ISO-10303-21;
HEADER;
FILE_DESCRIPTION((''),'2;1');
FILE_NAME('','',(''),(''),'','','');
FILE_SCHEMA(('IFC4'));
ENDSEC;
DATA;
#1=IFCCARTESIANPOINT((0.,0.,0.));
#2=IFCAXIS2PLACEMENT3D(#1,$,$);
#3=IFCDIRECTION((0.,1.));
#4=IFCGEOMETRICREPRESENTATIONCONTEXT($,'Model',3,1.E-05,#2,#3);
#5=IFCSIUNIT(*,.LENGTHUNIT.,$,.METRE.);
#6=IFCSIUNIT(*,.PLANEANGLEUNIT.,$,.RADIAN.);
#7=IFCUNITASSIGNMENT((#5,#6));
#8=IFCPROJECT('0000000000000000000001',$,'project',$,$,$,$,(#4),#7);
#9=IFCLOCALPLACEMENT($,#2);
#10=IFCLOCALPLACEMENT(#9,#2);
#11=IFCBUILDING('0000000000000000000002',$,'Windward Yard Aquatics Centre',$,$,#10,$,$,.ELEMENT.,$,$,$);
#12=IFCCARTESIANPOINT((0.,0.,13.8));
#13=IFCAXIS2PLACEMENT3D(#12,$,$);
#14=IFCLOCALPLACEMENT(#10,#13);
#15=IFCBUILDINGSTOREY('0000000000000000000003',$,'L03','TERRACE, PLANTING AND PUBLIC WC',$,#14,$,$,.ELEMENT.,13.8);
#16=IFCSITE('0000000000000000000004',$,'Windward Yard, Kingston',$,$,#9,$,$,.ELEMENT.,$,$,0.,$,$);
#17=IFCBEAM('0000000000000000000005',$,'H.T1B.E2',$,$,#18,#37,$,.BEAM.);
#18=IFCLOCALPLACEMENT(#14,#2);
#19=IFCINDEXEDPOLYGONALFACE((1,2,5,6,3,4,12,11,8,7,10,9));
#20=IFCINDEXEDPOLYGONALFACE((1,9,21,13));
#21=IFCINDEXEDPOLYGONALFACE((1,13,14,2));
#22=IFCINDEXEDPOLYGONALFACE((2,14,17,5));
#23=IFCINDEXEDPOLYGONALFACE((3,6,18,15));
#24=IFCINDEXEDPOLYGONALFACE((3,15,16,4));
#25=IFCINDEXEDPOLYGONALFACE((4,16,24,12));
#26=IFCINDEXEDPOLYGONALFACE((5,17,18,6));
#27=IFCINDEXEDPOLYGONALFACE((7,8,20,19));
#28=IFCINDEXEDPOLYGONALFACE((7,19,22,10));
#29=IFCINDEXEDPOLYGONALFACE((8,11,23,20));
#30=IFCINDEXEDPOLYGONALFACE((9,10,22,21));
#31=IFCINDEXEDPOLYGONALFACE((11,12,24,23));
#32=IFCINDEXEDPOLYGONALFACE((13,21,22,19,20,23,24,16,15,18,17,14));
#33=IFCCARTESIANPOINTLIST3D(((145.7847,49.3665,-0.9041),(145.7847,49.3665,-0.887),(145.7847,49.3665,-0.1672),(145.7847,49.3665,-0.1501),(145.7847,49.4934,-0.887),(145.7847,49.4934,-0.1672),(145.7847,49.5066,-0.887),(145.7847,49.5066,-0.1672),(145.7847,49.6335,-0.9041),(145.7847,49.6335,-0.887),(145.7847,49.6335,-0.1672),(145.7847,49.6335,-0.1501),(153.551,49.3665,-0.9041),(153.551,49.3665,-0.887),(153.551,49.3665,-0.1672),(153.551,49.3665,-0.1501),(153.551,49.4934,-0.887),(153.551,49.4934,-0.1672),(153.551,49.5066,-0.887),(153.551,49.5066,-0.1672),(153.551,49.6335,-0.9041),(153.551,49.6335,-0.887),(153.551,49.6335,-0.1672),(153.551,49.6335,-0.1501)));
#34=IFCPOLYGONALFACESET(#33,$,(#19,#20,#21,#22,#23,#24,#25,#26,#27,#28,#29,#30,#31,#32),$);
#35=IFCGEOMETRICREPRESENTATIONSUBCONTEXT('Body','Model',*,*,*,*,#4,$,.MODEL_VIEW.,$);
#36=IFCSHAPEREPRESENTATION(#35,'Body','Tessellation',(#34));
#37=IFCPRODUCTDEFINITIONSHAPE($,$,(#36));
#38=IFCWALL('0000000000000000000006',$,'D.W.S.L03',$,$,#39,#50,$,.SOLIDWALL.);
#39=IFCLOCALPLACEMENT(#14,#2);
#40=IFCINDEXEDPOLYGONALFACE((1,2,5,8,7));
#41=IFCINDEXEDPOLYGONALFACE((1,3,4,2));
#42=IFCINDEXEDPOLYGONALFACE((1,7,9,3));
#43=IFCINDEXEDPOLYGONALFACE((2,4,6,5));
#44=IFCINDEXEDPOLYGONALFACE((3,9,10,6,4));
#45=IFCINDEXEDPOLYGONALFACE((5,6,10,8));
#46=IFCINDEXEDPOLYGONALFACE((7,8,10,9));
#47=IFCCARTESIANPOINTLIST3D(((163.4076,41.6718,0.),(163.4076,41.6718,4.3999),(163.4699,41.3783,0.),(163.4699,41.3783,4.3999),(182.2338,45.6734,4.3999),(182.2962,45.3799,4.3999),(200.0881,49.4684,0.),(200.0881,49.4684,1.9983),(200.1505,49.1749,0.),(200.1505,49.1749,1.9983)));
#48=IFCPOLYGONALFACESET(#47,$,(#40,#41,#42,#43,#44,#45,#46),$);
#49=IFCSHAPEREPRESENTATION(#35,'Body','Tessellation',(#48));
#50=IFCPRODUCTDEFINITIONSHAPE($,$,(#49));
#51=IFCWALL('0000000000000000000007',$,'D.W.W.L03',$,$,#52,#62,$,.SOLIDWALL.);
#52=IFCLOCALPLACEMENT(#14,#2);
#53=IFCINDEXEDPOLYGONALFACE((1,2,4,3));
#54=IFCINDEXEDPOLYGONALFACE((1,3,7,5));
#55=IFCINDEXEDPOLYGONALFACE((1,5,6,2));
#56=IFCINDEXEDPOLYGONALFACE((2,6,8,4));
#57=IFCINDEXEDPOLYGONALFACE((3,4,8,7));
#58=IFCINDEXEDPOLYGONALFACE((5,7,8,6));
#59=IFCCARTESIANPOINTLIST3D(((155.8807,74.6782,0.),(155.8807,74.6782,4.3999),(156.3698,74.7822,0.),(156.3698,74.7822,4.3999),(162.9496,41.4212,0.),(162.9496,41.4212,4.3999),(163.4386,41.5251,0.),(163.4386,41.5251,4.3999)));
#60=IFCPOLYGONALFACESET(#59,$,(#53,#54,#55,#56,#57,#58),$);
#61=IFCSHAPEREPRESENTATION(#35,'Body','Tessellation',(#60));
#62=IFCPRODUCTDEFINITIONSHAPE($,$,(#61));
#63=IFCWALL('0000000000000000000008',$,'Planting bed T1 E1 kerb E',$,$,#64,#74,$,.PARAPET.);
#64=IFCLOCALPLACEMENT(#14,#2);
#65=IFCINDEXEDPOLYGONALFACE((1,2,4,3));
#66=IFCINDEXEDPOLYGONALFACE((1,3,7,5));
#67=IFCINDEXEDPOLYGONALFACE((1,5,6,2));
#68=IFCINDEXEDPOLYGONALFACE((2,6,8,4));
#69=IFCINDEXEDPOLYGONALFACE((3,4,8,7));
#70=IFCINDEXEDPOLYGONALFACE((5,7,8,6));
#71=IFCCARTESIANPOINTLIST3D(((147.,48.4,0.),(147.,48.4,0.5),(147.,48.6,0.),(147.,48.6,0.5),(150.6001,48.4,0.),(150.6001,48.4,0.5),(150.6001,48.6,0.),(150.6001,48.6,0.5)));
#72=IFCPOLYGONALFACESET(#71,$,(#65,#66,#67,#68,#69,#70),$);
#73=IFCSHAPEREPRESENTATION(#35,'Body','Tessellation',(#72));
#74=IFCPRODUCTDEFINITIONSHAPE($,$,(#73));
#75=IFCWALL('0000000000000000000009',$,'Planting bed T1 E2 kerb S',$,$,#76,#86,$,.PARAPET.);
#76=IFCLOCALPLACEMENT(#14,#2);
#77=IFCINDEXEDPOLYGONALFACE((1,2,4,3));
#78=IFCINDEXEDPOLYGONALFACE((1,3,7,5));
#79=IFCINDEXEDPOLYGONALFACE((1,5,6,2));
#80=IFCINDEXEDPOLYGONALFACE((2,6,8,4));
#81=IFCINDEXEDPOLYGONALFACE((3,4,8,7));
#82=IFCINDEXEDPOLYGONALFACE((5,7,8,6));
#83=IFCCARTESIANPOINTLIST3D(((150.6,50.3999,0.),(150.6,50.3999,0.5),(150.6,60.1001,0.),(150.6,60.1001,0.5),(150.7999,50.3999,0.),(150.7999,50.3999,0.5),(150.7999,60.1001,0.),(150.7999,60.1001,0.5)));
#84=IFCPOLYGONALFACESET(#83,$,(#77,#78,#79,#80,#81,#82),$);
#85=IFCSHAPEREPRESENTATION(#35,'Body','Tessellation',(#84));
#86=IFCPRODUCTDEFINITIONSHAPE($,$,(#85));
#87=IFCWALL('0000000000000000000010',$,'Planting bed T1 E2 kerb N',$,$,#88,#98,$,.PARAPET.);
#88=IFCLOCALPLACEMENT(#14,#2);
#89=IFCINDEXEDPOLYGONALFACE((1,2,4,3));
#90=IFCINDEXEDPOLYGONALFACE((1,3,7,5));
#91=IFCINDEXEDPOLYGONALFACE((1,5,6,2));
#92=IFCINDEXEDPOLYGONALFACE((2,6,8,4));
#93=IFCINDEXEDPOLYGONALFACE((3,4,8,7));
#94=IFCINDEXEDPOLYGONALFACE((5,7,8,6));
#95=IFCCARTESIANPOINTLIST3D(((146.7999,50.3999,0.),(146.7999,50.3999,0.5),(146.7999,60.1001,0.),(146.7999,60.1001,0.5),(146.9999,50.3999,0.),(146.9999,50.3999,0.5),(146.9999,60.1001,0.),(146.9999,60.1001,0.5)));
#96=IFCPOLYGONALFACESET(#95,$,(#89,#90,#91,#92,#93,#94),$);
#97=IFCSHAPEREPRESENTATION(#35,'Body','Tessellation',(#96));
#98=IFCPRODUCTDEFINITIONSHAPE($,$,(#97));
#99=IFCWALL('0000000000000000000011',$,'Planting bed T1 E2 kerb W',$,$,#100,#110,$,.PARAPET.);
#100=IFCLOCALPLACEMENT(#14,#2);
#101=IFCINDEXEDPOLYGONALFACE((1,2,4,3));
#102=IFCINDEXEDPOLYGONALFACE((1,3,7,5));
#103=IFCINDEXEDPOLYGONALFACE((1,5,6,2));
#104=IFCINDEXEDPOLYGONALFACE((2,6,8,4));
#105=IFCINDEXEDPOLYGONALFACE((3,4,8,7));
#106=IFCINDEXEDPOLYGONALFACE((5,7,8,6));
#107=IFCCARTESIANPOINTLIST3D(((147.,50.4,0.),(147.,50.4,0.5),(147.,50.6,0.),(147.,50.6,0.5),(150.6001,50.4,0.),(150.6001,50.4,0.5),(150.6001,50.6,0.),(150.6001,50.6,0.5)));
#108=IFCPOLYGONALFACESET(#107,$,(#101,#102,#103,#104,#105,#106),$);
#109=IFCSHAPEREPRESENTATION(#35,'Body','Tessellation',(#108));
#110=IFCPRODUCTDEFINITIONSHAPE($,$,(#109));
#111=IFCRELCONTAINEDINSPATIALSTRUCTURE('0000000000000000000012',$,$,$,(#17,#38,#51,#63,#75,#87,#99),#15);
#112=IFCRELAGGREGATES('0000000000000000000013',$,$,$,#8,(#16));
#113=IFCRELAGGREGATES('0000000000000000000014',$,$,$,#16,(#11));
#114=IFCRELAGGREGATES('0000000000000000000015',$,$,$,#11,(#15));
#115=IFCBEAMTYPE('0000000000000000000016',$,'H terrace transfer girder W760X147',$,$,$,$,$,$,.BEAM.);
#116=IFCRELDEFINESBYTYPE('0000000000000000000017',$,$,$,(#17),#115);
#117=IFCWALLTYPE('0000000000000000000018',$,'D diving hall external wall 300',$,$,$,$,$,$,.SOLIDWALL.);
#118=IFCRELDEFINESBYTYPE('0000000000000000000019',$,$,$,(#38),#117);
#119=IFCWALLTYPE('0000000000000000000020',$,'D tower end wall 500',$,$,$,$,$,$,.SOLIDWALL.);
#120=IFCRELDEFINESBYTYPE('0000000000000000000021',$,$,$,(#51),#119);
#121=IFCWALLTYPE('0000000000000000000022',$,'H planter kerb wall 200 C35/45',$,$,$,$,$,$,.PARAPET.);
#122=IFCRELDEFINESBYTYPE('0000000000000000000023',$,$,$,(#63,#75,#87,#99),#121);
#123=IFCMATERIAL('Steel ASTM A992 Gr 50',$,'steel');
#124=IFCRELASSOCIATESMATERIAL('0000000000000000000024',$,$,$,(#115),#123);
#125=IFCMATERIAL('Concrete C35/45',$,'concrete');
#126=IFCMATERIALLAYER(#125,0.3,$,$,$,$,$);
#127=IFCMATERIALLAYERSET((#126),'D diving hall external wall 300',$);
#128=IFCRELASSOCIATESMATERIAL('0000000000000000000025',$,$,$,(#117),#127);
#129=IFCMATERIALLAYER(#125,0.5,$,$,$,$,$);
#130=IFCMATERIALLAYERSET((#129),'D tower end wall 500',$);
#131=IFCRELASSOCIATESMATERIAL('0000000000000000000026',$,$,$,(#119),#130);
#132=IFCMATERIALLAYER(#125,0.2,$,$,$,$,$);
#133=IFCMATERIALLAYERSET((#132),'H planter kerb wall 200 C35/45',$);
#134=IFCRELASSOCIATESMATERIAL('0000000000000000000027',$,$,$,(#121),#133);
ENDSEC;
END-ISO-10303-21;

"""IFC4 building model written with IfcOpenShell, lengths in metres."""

from ifc_helpers import new_model, si_unit, direction, frame, frame_2d, origin, origin_2d, place, context, subcontext, project, spatial, polyline, rectangle, i_section, outline, extrude, material, layer, layer_set, material_profile, profile_set, type_object, element, save


model = new_model("IFC4")

# Units and contexts
model_context = context("Model", 3, precision=1e-05, world=origin(), true_north=direction((0.0, 1.0)))
body_context = subcontext(model_context, "Body", "Model", "MODEL_VIEW")
ifc_project = project(units=[si_unit("LENGTHUNIT", "METRE"), si_unit("PLANEANGLEUNIT", "RADIAN")], contexts=[model_context])

# Site, building, storey
site_placement = place(None, origin())
site = spatial("IfcSite", under=ifc_project, at=site_placement, Name="Windward Yard, Kingston", CompositionType="ELEMENT", RefElevation=0.0)
building_placement = place(site_placement, origin())
building = spatial("IfcBuilding", under=site, at=building_placement, Name="Windward Yard Aquatics Centre", CompositionType="ELEMENT")
storey_placement = place(building_placement, frame((0.0, 0.0, 13.8)))
storey = spatial("IfcBuildingStorey", under=building, at=storey_placement, Name="L03", Description="TERRACE, PLANTING AND PUBLIC WC", CompositionType="ELEMENT", Elevation=13.8)

# Beam
ifc_material_1 = material(Name="Steel ASTM A992 Gr 50", Category="steel")
ifc_material_profile_1 = material_profile(ifc_material_1, i_section(OverallWidth=0.2671, OverallDepth=0.7539, WebThickness=0.0132, FlangeThickness=0.0171, at=origin_2d()), Name="W760X147")
ifc_profile_set_1 = profile_set([ifc_material_profile_1], Name="Steel ASTM A992 Gr 50")
beam_type_1 = type_object("IfcBeamType", Name="H terrace transfer girder W760X147", PredefinedType="BEAM", material=ifc_profile_set_1)
beam_placement = place(storey_placement, frame((153.551, 49.5, -0.5271), z_axis=(-1.0, 0.0, 0.0), x_axis=(0.0, -1.0, 0.0)))
element("IfcBeam", 1, at=beam_placement, inside=storey, type_object=beam_type_1, Name="H.T1B.E2", PredefinedType="BEAM", context=body_context, shape_type="SweptSolid", body=[
    extrude(i_section(OverallWidth=0.2671, OverallDepth=0.7539, WebThickness=0.0132, FlangeThickness=0.0171, at=origin_2d()), origin(), (0.0, 0.0, 1.0), 7.7664),
])

# Walls
ifc_material_2 = material(Name="Concrete C35/45", Category="concrete")
ifc_layer_1 = layer(ifc_material_2, 0.3)
ifc_layer_set_1 = layer_set([ifc_layer_1], Name="D diving hall external wall 300")
wall_type_1 = type_object("IfcWallType", Name="D diving hall external wall 300", PredefinedType="SOLIDWALL", material=ifc_layer_set_1)
wall_1_placement = place(storey_placement, frame((163.4387, 41.5251, 0.0), z_axis=(0.0, 0.0, 1.0), x_axis=(0.978148, 0.20791, 0.0)))
element("IfcWall", 2, at=wall_1_placement, inside=storey, type_object=wall_type_1, Name="D.W.S.L03", PredefinedType="SOLIDWALL", context=body_context, shape_type="SweptSolid", body=[
    extrude(outline(polyline([(0.0, 0.0), (37.5, 0.0), (37.5, 1.9983), (19.2468, 4.3999), (0.0, 4.3999), (0.0, 0.0)])), frame((0.0, 0.1499, 0.0), z_axis=(0.0, -1.0, 0.0), x_axis=(1.0, 0.0, 0.0)), (0.0, 0.0, 1.0), 0.3),
])
ifc_layer_2 = layer(ifc_material_2, 0.5)
ifc_layer_set_2 = layer_set([ifc_layer_2], Name="D tower end wall 500")
wall_type_2 = type_object("IfcWallType", Name="D tower end wall 500", PredefinedType="SOLIDWALL", material=ifc_layer_set_2)
wall_2_placement = place(storey_placement, frame((163.1941, 41.4731, 0.0), z_axis=(0.0, 0.0, 1.0), x_axis=(-0.207907, 0.978149, 0.0)))
element("IfcWall", 3, at=wall_2_placement, inside=storey, type_object=wall_type_2, Name="D.W.W.L03", PredefinedType="SOLIDWALL", context=body_context, shape_type="SweptSolid", body=[
    extrude(rectangle(XDim=34.0, YDim=0.5, at=frame_2d((17.0, 0.0))), origin(), (0.0, 0.0, 1.0), 4.3999),
])
ifc_layer_3 = layer(ifc_material_2, 0.2)
ifc_layer_set_3 = layer_set([ifc_layer_3], Name="H planter kerb wall 200 C35/45")
wall_type_3 = type_object("IfcWallType", Name="H planter kerb wall 200 C35/45", PredefinedType="PARAPET", material=ifc_layer_set_3)
wall_3_placement = place(storey_placement, frame((150.6001, 48.5, 0.0), z_axis=(0.0, 0.0, 1.0), x_axis=(-1.0, 0.0, 0.0)))
element("IfcWall", 4, at=wall_3_placement, inside=storey, type_object=wall_type_3, Name="Planting bed T1 E1 kerb E", PredefinedType="PARAPET", context=body_context, shape_type="SweptSolid", body=[
    extrude(rectangle(XDim=3.6001, YDim=0.2, at=frame_2d((1.8, 0.0))), origin(), (0.0, 0.0, 1.0), 0.5),
])
for number, where, z_axis, x_axis, name in (
    (5, (150.7, 50.3999, 0.0), (0.0, 0.0, 1.0), (0.0, 1.0, 0.0), "Planting bed T1 E2 kerb S"),
    (6, (146.8999, 50.3999, 0.0), (0.0, 0.0, 1.0), (0.0, 1.0, 0.0), "Planting bed T1 E2 kerb N"),
):
    element("IfcWall", number, at=place(storey_placement, frame(where, z_axis=z_axis, x_axis=x_axis)), inside=storey, type_object=wall_type_3, Name=name, PredefinedType="PARAPET", context=body_context, shape_type="SweptSolid", body=[
        extrude(rectangle(XDim=9.7002, YDim=0.2, at=frame_2d((4.8501, 0.0))), origin(), (0.0, 0.0, 1.0), 0.5),
    ])
wall_4_placement = place(storey_placement, frame((150.6001, 50.5, 0.0), z_axis=(0.0, 0.0, 1.0), x_axis=(-1.0, 0.0, 0.0)))
element("IfcWall", 7, at=wall_4_placement, inside=storey, type_object=wall_type_3, Name="Planting bed T1 E2 kerb W", PredefinedType="PARAPET", context=body_context, shape_type="SweptSolid", body=[
    extrude(rectangle(XDim=3.6001, YDim=0.2, at=frame_2d((1.8, 0.0))), origin(), (0.0, 0.0, 1.0), 0.5),
])

save(model, "model.ifc")
